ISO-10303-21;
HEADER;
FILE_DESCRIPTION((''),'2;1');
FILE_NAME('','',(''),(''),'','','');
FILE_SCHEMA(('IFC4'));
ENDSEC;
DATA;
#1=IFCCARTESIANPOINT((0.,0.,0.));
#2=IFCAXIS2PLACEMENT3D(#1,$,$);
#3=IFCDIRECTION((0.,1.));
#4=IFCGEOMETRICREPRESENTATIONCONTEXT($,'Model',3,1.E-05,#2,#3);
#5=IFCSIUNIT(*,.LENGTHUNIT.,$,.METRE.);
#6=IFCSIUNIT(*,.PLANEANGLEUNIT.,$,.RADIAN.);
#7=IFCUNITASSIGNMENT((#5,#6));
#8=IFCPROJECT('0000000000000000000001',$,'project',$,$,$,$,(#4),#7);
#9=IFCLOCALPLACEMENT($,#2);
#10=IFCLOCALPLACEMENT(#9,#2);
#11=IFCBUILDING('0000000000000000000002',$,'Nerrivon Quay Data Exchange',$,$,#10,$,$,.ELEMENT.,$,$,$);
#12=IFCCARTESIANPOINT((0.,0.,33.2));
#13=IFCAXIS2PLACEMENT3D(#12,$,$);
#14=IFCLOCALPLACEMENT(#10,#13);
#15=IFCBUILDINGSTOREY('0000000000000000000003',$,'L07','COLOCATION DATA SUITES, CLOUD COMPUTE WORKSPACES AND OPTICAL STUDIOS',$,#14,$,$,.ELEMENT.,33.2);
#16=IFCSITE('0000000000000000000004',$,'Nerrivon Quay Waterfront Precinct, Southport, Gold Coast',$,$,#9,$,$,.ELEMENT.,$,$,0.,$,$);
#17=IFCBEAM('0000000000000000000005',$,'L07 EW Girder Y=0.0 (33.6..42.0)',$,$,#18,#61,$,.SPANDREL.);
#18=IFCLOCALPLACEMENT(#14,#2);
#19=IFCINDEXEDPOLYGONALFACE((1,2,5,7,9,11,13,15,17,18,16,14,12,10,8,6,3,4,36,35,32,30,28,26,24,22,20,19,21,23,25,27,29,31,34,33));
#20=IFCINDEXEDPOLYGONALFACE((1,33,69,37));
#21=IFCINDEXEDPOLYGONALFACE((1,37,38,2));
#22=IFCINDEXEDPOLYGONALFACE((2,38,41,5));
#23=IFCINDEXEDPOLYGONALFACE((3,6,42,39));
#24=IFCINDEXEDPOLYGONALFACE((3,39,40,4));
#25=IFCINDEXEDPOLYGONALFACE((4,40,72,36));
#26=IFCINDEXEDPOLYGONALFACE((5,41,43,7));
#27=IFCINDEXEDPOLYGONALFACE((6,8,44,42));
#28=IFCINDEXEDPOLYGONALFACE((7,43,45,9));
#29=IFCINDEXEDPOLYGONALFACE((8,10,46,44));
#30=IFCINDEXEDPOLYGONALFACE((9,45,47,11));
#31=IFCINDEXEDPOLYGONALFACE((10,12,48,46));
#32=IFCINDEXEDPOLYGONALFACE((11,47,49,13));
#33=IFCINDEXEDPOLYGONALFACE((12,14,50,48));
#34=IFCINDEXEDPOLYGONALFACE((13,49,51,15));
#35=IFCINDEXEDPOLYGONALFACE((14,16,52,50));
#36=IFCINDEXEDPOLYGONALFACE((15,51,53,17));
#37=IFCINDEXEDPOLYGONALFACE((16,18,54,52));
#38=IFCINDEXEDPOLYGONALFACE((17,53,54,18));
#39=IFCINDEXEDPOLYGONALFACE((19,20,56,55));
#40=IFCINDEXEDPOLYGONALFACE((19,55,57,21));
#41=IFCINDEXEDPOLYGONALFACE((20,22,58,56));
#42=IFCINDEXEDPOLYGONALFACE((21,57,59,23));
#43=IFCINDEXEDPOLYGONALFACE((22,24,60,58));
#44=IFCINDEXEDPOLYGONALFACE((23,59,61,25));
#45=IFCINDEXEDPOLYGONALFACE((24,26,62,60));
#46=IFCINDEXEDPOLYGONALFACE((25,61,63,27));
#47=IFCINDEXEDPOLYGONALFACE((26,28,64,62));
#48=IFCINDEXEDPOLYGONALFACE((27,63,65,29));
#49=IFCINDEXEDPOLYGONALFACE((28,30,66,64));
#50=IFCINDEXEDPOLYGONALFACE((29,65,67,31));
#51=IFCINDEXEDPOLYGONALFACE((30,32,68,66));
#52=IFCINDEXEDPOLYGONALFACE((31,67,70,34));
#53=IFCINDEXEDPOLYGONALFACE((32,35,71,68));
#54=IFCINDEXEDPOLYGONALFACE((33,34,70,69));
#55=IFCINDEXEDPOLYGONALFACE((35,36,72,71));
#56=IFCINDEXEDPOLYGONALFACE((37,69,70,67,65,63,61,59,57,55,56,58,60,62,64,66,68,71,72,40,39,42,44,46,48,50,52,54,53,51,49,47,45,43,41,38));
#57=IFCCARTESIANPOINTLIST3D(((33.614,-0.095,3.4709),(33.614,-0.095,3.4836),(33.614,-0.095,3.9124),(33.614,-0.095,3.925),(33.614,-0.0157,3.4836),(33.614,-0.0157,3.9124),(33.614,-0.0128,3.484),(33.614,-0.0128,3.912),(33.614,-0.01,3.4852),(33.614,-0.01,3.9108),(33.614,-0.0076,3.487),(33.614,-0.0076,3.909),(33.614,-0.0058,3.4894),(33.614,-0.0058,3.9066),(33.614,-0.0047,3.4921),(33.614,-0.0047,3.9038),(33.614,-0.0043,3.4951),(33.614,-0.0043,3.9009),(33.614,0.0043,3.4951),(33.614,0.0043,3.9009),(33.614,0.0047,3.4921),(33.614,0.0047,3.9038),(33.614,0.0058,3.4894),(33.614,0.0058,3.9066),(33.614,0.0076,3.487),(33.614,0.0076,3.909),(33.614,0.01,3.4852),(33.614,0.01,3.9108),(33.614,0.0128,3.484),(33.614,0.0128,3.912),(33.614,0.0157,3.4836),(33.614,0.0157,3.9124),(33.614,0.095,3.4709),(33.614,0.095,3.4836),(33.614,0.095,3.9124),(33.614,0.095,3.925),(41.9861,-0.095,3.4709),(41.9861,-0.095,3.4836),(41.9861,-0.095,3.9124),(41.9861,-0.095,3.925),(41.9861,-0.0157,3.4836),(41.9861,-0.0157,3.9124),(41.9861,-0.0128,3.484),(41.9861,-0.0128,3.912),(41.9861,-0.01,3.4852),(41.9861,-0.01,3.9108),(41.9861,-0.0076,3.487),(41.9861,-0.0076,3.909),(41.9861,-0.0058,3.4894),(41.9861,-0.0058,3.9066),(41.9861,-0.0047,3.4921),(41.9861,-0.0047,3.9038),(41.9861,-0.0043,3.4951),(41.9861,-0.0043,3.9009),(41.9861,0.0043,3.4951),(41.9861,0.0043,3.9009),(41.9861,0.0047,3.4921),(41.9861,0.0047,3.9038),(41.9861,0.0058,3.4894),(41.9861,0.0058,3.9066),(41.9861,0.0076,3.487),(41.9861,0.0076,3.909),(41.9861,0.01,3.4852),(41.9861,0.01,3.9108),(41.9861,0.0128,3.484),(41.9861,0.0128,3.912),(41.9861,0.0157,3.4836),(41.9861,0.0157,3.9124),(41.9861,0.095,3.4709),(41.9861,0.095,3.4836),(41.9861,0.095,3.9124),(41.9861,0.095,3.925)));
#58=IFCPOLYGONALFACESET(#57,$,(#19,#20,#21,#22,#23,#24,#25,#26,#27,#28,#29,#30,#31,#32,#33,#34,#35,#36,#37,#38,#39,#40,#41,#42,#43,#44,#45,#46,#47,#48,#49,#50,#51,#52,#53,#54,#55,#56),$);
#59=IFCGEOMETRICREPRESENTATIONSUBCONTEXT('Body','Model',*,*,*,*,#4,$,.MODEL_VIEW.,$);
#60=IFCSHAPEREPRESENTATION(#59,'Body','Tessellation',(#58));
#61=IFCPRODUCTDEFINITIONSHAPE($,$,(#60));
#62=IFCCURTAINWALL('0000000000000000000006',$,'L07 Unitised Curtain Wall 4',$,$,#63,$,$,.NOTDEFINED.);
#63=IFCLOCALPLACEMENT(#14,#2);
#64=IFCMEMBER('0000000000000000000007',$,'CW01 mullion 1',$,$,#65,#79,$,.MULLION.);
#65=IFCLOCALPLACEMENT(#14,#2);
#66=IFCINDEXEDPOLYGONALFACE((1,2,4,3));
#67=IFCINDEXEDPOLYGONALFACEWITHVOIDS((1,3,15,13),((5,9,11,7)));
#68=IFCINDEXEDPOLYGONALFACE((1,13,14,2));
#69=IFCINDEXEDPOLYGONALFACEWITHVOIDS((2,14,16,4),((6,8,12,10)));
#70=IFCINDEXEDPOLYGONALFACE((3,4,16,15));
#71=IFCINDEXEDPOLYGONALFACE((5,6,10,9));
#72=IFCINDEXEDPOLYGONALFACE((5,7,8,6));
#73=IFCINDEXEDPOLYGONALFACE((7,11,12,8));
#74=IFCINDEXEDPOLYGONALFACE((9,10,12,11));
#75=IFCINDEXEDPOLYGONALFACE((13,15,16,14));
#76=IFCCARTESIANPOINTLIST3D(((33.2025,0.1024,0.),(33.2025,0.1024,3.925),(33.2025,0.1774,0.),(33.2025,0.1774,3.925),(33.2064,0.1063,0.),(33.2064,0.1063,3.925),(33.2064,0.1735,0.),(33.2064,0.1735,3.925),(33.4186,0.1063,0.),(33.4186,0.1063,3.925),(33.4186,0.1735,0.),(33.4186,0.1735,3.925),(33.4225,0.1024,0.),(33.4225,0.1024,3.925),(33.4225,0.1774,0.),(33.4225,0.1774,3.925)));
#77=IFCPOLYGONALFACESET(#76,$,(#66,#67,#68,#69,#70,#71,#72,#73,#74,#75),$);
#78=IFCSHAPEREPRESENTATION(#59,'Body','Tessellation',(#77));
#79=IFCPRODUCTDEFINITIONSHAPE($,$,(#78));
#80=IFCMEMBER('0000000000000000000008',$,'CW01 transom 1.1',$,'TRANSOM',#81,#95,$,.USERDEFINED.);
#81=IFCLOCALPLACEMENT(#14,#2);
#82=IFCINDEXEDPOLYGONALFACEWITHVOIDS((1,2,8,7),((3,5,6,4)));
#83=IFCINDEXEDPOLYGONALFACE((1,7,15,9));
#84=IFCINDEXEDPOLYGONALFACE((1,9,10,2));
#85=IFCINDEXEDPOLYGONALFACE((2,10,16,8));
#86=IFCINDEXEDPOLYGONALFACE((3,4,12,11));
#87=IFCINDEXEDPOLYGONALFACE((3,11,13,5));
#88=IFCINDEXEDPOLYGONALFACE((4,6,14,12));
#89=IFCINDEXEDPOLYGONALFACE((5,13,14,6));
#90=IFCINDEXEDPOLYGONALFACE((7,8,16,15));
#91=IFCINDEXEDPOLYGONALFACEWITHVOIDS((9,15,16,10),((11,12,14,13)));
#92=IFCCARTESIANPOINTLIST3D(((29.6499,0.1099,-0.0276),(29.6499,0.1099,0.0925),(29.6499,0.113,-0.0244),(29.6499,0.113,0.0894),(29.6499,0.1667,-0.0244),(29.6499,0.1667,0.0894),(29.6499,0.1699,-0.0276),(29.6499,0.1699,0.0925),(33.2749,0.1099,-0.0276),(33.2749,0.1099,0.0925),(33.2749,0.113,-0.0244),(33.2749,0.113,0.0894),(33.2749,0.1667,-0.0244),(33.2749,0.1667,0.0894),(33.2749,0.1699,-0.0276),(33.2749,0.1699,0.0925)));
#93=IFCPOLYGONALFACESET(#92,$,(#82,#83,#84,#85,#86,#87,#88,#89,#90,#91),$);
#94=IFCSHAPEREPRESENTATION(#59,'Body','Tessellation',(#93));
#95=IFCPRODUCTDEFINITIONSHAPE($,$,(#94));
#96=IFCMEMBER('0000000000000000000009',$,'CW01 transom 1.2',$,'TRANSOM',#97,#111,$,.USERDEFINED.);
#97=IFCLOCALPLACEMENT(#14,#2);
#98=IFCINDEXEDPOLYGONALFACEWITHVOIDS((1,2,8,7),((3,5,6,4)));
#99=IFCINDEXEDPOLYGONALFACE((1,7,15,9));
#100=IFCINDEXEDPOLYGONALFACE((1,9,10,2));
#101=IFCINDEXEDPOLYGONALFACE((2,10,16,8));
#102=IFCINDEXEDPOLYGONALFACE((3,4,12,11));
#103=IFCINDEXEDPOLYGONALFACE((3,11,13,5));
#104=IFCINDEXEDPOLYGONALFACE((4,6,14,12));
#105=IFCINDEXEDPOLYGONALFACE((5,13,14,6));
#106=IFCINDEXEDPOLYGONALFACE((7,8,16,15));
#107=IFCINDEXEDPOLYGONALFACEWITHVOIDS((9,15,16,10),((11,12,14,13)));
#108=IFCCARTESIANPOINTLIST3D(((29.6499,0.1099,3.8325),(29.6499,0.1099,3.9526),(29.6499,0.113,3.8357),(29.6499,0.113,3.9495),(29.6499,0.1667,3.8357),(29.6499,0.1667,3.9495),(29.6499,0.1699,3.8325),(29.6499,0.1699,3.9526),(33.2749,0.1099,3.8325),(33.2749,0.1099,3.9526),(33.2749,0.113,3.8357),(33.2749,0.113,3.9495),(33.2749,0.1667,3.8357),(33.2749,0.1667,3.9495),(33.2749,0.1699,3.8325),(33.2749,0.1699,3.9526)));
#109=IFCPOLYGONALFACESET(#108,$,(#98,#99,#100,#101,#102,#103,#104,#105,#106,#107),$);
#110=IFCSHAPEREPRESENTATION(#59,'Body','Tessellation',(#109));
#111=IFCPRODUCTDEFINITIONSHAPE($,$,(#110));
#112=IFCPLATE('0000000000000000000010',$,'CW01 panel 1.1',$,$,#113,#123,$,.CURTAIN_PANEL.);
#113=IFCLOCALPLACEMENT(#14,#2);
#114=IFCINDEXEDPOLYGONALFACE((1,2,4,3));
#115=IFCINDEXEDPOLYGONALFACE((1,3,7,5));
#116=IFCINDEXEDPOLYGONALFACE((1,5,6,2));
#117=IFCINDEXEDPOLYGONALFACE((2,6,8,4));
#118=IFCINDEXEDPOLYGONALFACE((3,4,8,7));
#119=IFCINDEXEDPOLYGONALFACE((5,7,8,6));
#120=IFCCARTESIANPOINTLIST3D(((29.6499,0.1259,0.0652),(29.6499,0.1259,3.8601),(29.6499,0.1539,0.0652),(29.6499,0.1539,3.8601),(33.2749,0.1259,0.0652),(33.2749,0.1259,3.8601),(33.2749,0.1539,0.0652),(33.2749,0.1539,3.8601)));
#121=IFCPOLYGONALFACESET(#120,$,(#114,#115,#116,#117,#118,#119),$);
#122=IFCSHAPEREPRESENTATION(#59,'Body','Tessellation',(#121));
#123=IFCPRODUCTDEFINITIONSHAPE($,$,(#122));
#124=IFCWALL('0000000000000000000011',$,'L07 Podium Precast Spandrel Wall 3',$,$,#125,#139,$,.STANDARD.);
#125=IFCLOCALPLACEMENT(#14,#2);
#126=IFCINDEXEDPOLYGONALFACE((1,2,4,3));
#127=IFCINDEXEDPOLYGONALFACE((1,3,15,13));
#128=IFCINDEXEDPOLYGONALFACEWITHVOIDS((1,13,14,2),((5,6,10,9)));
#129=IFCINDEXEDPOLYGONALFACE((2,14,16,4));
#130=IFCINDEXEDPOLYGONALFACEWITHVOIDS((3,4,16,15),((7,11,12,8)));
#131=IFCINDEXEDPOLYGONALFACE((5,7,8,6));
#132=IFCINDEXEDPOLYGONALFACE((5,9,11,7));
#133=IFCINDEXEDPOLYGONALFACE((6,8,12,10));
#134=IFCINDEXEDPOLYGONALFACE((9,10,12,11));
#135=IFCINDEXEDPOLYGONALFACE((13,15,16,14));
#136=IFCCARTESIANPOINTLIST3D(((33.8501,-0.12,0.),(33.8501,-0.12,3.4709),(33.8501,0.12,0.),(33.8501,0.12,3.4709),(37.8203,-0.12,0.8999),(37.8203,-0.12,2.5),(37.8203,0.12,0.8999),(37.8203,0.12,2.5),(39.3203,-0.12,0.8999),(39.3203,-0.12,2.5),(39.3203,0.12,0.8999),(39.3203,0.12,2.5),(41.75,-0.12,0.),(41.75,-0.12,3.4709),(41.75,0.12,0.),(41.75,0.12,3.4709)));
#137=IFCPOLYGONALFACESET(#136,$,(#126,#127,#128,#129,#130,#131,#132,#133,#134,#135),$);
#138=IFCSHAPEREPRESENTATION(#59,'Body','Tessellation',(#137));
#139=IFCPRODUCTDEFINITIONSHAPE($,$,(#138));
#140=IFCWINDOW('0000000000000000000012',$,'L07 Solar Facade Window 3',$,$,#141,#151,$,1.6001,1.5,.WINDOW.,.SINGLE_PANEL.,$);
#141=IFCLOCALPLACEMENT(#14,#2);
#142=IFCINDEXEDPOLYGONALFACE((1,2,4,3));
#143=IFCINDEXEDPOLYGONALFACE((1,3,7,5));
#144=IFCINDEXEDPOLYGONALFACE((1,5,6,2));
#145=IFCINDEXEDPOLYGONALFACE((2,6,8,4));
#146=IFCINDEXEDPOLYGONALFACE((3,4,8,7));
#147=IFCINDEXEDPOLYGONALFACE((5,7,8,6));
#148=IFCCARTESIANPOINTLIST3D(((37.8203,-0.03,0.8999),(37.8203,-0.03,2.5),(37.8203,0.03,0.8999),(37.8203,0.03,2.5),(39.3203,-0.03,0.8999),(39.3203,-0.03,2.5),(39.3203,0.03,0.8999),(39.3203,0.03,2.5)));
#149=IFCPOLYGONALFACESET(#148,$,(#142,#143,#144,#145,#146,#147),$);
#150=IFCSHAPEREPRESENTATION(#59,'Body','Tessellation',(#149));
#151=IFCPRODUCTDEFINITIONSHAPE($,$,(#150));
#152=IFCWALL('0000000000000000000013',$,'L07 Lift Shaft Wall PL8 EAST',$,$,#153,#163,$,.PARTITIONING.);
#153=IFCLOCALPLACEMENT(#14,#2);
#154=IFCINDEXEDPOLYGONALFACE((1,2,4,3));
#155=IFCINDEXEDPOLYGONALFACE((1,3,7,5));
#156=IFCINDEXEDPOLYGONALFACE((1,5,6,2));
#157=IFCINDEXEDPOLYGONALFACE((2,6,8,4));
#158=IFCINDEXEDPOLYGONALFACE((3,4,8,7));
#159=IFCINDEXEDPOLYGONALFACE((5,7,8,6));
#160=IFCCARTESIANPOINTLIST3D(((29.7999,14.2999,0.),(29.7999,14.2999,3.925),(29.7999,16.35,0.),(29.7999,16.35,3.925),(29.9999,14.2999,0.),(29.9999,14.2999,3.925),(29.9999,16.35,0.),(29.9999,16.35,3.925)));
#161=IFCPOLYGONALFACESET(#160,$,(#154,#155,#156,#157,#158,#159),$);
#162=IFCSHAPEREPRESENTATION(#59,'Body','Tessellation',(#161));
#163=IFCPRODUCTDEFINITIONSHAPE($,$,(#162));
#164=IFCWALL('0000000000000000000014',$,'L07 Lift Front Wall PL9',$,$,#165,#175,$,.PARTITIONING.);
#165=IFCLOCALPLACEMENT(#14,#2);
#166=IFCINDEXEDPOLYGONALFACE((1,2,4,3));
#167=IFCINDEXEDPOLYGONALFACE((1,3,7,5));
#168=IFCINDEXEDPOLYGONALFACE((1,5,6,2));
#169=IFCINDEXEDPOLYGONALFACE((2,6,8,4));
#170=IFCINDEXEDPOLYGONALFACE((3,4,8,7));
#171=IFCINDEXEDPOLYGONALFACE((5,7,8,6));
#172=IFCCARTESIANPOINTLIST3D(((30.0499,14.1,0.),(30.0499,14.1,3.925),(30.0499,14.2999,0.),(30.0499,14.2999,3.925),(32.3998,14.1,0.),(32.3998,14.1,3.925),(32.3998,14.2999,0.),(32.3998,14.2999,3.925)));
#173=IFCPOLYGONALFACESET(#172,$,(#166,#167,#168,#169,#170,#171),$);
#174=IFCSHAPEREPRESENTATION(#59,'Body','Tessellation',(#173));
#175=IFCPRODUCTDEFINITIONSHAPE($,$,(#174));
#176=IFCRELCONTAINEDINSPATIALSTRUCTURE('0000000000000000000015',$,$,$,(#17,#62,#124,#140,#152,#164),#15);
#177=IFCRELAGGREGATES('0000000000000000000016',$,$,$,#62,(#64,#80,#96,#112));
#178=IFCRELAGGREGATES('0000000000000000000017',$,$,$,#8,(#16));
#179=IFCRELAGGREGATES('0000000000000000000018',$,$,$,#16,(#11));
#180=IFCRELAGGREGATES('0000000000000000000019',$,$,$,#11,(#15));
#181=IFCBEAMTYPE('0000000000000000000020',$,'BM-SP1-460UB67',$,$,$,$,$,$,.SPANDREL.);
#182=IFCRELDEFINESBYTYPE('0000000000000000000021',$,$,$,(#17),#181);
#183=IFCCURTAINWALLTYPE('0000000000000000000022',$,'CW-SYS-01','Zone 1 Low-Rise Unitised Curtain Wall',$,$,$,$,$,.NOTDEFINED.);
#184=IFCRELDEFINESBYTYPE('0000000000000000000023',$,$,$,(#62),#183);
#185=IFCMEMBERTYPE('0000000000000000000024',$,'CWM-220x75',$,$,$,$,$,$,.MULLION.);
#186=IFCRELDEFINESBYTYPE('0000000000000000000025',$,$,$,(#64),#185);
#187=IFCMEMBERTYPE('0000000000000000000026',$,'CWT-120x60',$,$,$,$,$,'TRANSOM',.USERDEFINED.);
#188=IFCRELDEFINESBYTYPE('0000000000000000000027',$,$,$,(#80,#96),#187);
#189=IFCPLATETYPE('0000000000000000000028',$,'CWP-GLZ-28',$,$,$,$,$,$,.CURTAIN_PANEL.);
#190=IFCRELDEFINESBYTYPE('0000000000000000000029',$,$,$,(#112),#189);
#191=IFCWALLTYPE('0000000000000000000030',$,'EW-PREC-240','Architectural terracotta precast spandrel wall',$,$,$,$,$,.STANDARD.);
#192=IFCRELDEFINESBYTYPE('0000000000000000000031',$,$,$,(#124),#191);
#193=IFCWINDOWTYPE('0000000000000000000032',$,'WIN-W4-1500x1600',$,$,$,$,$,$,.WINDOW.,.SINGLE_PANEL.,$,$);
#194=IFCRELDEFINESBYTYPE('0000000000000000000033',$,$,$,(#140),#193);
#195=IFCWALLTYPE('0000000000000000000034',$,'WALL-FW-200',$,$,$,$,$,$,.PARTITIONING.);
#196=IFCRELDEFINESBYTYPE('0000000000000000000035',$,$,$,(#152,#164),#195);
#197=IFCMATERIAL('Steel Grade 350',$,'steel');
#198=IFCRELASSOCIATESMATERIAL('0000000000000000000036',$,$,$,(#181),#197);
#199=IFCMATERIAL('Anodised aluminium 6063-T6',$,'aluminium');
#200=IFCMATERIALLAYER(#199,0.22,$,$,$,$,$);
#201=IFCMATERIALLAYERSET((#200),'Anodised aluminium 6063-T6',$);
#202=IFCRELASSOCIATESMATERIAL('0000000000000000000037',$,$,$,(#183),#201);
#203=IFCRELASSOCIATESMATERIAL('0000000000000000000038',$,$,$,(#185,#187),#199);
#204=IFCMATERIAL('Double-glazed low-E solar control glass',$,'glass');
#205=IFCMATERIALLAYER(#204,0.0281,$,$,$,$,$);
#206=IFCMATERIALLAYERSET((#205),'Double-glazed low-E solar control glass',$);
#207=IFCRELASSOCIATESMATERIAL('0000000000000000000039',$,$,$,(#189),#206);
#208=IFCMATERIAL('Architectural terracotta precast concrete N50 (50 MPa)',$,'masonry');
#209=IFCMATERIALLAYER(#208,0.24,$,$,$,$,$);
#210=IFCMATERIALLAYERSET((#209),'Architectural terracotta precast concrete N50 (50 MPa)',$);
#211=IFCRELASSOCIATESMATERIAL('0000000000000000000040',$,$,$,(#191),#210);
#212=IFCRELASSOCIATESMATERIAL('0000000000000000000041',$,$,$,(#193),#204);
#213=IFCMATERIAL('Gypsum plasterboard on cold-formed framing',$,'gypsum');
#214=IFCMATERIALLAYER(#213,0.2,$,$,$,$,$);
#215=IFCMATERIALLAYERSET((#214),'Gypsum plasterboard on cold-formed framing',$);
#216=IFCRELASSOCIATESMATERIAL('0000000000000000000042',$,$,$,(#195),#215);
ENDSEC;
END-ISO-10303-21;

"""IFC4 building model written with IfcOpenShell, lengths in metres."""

from ifc_helpers import new_model, si_unit, direction, frame, frame_2d, origin, origin_2d, place, context, subcontext, project, spatial, rectangle, hollow_rectangle, i_section, extrude, material, layer, layer_set, material_profile, profile_set, type_object, element, fill, aggregate, save


model = new_model("IFC4")

# Units and contexts
model_context = context("Model", 3, precision=1e-05, world=origin(), true_north=direction((0.0, 1.0)))
body_context = subcontext(model_context, "Body", "Model", "MODEL_VIEW")
ifc_project = project(units=[si_unit("LENGTHUNIT", "METRE"), si_unit("PLANEANGLEUNIT", "RADIAN")], contexts=[model_context])

# Site, building, storey
site_placement = place(None, origin())
site = spatial("IfcSite", under=ifc_project, at=site_placement, Name="Nerrivon Quay Waterfront Precinct, Southport, Gold Coast", CompositionType="ELEMENT", RefElevation=0.0)
building_placement = place(site_placement, origin())
building = spatial("IfcBuilding", under=site, at=building_placement, Name="Nerrivon Quay Data Exchange", CompositionType="ELEMENT")
storey_placement = place(building_placement, frame((0.0, 0.0, 33.2)))
storey = spatial("IfcBuildingStorey", under=building, at=storey_placement, Name="L07", Description="COLOCATION DATA SUITES, CLOUD COMPUTE WORKSPACES AND OPTICAL STUDIOS", CompositionType="ELEMENT", Elevation=33.2)

# Shared definitions
ifc_material_1 = material(Name="Steel Grade 350", Category="steel")

# Beam
ifc_material_profile_1 = material_profile(ifc_material_1, i_section(OverallWidth=0.1899, OverallDepth=0.4541, WebThickness=0.0085, FlangeThickness=0.0127, FilletRadius=0.0115, at=origin_2d()), Name="460UB67.1")
ifc_profile_set_1 = profile_set([ifc_material_profile_1], Name="Steel Grade 350")
beam_type_1 = type_object("IfcBeamType", Name="BM-SP1-460UB67", PredefinedType="SPANDREL", material=ifc_profile_set_1)
beam_1_placement = place(storey_placement, frame((33.614, 0.0, 3.698), z_axis=(1.0, 0.0, 0.0), x_axis=(0.0, 1.0, 0.0)))
element("IfcBeam", 1, at=beam_1_placement, inside=storey, type_object=beam_type_1, Name="L07 EW Girder Y=0.0 (33.6..42.0)", PredefinedType="SPANDREL", context=body_context, shape_type="SweptSolid", body=[
    extrude(i_section(OverallWidth=0.1899, OverallDepth=0.4541, WebThickness=0.0085, FlangeThickness=0.0127, FilletRadius=0.0115, at=origin_2d()), origin(), (0.0, 0.0, 1.0), 8.3721),
])

# Curtain wall, members, plate
ifc_material_2 = material(Name="Anodised aluminium 6063-T6", Category="aluminium")
ifc_layer_1 = layer(ifc_material_2, 0.22)
ifc_layer_set_1 = layer_set([ifc_layer_1], Name="Anodised aluminium 6063-T6")
curtain_wall_type = type_object("IfcCurtainWallType", Name="CW-SYS-01", Description="Zone 1 Low-Rise Unitised Curtain Wall", PredefinedType="NOTDEFINED", material=ifc_layer_set_1)
curtain_wall_placement = place(storey_placement, origin())
curtain_wall = element("IfcCurtainWall", 2, at=curtain_wall_placement, inside=storey, type_object=curtain_wall_type, Name="L07 Unitised Curtain Wall 4", PredefinedType="NOTDEFINED")
ifc_material_profile_2 = material_profile(ifc_material_2, hollow_rectangle(XDim=0.075, YDim=0.22, WallThickness=0.0039, at=origin_2d()), Name="ALU-MULL-220x75")
ifc_profile_set_2 = profile_set([ifc_material_profile_2], Name="Anodised aluminium 6063-T6")
member_type_1 = type_object("IfcMemberType", Name="CWM-220x75", PredefinedType="MULLION", material=ifc_profile_set_2)
member_1_placement = place(storey_placement, frame((33.3125, 0.1399, 0.0), z_axis=(0.0, 0.0, 1.0), x_axis=(0.0, -1.0, 0.0)))
member_1 = element("IfcMember", 3, at=member_1_placement, type_object=member_type_1, Name="CW01 mullion 1", PredefinedType="MULLION", context=body_context, shape_type="SweptSolid", body=[
    extrude(hollow_rectangle(XDim=0.075, YDim=0.22, WallThickness=0.0039, at=origin_2d()), origin(), (0.0, 0.0, 1.0), 3.925),
])
ifc_material_profile_3 = material_profile(ifc_material_2, hollow_rectangle(XDim=0.0601, YDim=0.1201, WallThickness=0.0032, at=origin_2d()), Name="ALU-TRAN-120x60")
ifc_profile_set_3 = profile_set([ifc_material_profile_3], Name="Anodised aluminium 6063-T6")
member_type_2 = type_object("IfcMemberType", Name="CWT-120x60", ElementType="TRANSOM", PredefinedType="USERDEFINED", material=ifc_profile_set_3)
member_2_placement = place(storey_placement, frame((33.2749, 0.1399, 0.0325), z_axis=(-1.0, 0.0, 0.0), x_axis=(0.0, -1.0, 0.0)))
member_2 = element("IfcMember", 4, at=member_2_placement, type_object=member_type_2, Name="CW01 transom 1.1", ObjectType="TRANSOM", PredefinedType="USERDEFINED", context=body_context, shape_type="SweptSolid", body=[
    extrude(hollow_rectangle(XDim=0.0601, YDim=0.1201, WallThickness=0.0032, at=origin_2d()), origin(), (0.0, 0.0, 1.0), 3.625),
])
member_3_placement = place(storey_placement, frame((33.2749, 0.1399, 3.8926), z_axis=(-1.0, 0.0, 0.0), x_axis=(0.0, -1.0, 0.0)))
member_3 = element("IfcMember", 5, at=member_3_placement, type_object=member_type_2, Name="CW01 transom 1.2", ObjectType="TRANSOM", PredefinedType="USERDEFINED", context=body_context, shape_type="SweptSolid", body=[
    extrude(hollow_rectangle(XDim=0.0601, YDim=0.1201, WallThickness=0.0032, at=origin_2d()), origin(), (0.0, 0.0, 1.0), 3.625),
])
ifc_material_3 = material(Name="Double-glazed low-E solar control glass", Category="glass")
ifc_layer_2 = layer(ifc_material_3, 0.0281)
ifc_layer_set_2 = layer_set([ifc_layer_2], Name="Double-glazed low-E solar control glass")
plate_type = type_object("IfcPlateType", Name="CWP-GLZ-28", PredefinedType="CURTAIN_PANEL", material=ifc_layer_set_2)
plate_placement = place(storey_placement, frame((31.4624, 0.1399, 0.0652), z_axis=(0.0, 0.0, 1.0), x_axis=(-1.0, 0.0, 0.0)))
plate = element("IfcPlate", 6, at=plate_placement, type_object=plate_type, Name="CW01 panel 1.1", PredefinedType="CURTAIN_PANEL", context=body_context, shape_type="SweptSolid", body=[
    extrude(rectangle(XDim=3.625, YDim=0.0281, at=origin_2d()), origin(), (0.0, 0.0, 1.0), 3.7949),
])
aggregate(curtain_wall, [member_1, member_2, member_3, plate])

# Wall, opening, window
ifc_material_4 = material(Name="Architectural terracotta precast concrete N50 (50 MPa)", Category="masonry")
ifc_layer_3 = layer(ifc_material_4, 0.24)
ifc_layer_set_3 = layer_set([ifc_layer_3], Name="Architectural terracotta precast concrete N50 (50 MPa)")
wall_type_1 = type_object("IfcWallType", Name="EW-PREC-240", Description="Architectural terracotta precast spandrel wall", PredefinedType="STANDARD", material=ifc_layer_set_3)
wall_1_placement = place(storey_placement, frame((41.75, 0.0, 0.0), z_axis=(0.0, 0.0, 1.0), x_axis=(-1.0, 0.0, 0.0)))
wall_1 = element("IfcWall", 7, at=wall_1_placement, inside=storey, type_object=wall_type_1, Name="L07 Podium Precast Spandrel Wall 3", PredefinedType="STANDARD", context=body_context, shape_type="SweptSolid", body=[
    extrude(rectangle(XDim=7.8999, YDim=0.24, at=frame_2d((3.95, 0.0))), origin(), (0.0, 0.0, 1.0), 3.4709),
])
opening_1_placement = place(wall_1_placement, frame((2.4297, 0.0, 0.8999)))
opening_1 = element("IfcOpeningElement", 8, at=opening_1_placement, cuts=wall_1, PredefinedType="OPENING", context=body_context, shape_type="SweptSolid", body=[
    extrude(rectangle(XDim=1.5, YDim=1.6001, at=frame_2d((0.75, 0.8))), frame((0.0, 0.1299, 0.0), z_axis=(0.0, -1.0, 0.0), x_axis=(1.0, 0.0, 0.0)), (0.0, 0.0, 1.0), 0.26),
])
window_type = type_object("IfcWindowType", Name="WIN-W4-1500x1600", PartitioningType="SINGLE_PANEL", PredefinedType="WINDOW", material=ifc_material_3)
window_placement = place(opening_1_placement, origin())
window = element("IfcWindow", 9, at=window_placement, inside=storey, type_object=window_type, Name="L07 Solar Facade Window 3", OverallHeight=1.6001, OverallWidth=1.5, PartitioningType="SINGLE_PANEL", PredefinedType="WINDOW", context=body_context, shape_type="SweptSolid", body=[
    extrude(rectangle(XDim=1.5, YDim=1.6001, at=frame_2d((0.75, 0.8))), frame((0.0, 0.03, 0.0), z_axis=(0.0, -1.0, 0.0), x_axis=(1.0, 0.0, 0.0)), (0.0, 0.0, 1.0), 0.0601),
])
fill(opening_1, window)

# Walls
ifc_material_5 = material(Name="Gypsum plasterboard on cold-formed framing", Category="gypsum")
ifc_layer_4 = layer(ifc_material_5, 0.2)
ifc_layer_set_4 = layer_set([ifc_layer_4], Name="Gypsum plasterboard on cold-formed framing")
wall_type_2 = type_object("IfcWallType", Name="WALL-FW-200", PredefinedType="PARTITIONING", material=ifc_layer_set_4)
wall_2_placement = place(storey_placement, frame((29.8999, 14.3, 0.0), z_axis=(0.0, 0.0, 1.0), x_axis=(0.0, 1.0, 0.0)))
element("IfcWall", 10, at=wall_2_placement, inside=storey, type_object=wall_type_2, Name="L07 Lift Shaft Wall PL8 EAST", PredefinedType="PARTITIONING", context=body_context, shape_type="SweptSolid", body=[
    extrude(rectangle(XDim=2.05, YDim=0.2, at=frame_2d((1.0249, 0.0))), origin(), (0.0, 0.0, 1.0), 3.925),
])
wall_3_placement = place(storey_placement, frame((30.05, 14.2, 0.0), z_axis=(0.0, 0.0, 1.0), x_axis=(1.0, 0.0, 0.0)))
element("IfcWall", 11, at=wall_3_placement, inside=storey, type_object=wall_type_2, Name="L07 Lift Front Wall PL9", PredefinedType="PARTITIONING", context=body_context, shape_type="SweptSolid", body=[
    extrude(rectangle(XDim=2.3499, YDim=0.2, at=frame_2d((1.1748, 0.0))), origin(), (0.0, 0.0, 1.0), 3.925),
])

save(model, "model.ifc")
